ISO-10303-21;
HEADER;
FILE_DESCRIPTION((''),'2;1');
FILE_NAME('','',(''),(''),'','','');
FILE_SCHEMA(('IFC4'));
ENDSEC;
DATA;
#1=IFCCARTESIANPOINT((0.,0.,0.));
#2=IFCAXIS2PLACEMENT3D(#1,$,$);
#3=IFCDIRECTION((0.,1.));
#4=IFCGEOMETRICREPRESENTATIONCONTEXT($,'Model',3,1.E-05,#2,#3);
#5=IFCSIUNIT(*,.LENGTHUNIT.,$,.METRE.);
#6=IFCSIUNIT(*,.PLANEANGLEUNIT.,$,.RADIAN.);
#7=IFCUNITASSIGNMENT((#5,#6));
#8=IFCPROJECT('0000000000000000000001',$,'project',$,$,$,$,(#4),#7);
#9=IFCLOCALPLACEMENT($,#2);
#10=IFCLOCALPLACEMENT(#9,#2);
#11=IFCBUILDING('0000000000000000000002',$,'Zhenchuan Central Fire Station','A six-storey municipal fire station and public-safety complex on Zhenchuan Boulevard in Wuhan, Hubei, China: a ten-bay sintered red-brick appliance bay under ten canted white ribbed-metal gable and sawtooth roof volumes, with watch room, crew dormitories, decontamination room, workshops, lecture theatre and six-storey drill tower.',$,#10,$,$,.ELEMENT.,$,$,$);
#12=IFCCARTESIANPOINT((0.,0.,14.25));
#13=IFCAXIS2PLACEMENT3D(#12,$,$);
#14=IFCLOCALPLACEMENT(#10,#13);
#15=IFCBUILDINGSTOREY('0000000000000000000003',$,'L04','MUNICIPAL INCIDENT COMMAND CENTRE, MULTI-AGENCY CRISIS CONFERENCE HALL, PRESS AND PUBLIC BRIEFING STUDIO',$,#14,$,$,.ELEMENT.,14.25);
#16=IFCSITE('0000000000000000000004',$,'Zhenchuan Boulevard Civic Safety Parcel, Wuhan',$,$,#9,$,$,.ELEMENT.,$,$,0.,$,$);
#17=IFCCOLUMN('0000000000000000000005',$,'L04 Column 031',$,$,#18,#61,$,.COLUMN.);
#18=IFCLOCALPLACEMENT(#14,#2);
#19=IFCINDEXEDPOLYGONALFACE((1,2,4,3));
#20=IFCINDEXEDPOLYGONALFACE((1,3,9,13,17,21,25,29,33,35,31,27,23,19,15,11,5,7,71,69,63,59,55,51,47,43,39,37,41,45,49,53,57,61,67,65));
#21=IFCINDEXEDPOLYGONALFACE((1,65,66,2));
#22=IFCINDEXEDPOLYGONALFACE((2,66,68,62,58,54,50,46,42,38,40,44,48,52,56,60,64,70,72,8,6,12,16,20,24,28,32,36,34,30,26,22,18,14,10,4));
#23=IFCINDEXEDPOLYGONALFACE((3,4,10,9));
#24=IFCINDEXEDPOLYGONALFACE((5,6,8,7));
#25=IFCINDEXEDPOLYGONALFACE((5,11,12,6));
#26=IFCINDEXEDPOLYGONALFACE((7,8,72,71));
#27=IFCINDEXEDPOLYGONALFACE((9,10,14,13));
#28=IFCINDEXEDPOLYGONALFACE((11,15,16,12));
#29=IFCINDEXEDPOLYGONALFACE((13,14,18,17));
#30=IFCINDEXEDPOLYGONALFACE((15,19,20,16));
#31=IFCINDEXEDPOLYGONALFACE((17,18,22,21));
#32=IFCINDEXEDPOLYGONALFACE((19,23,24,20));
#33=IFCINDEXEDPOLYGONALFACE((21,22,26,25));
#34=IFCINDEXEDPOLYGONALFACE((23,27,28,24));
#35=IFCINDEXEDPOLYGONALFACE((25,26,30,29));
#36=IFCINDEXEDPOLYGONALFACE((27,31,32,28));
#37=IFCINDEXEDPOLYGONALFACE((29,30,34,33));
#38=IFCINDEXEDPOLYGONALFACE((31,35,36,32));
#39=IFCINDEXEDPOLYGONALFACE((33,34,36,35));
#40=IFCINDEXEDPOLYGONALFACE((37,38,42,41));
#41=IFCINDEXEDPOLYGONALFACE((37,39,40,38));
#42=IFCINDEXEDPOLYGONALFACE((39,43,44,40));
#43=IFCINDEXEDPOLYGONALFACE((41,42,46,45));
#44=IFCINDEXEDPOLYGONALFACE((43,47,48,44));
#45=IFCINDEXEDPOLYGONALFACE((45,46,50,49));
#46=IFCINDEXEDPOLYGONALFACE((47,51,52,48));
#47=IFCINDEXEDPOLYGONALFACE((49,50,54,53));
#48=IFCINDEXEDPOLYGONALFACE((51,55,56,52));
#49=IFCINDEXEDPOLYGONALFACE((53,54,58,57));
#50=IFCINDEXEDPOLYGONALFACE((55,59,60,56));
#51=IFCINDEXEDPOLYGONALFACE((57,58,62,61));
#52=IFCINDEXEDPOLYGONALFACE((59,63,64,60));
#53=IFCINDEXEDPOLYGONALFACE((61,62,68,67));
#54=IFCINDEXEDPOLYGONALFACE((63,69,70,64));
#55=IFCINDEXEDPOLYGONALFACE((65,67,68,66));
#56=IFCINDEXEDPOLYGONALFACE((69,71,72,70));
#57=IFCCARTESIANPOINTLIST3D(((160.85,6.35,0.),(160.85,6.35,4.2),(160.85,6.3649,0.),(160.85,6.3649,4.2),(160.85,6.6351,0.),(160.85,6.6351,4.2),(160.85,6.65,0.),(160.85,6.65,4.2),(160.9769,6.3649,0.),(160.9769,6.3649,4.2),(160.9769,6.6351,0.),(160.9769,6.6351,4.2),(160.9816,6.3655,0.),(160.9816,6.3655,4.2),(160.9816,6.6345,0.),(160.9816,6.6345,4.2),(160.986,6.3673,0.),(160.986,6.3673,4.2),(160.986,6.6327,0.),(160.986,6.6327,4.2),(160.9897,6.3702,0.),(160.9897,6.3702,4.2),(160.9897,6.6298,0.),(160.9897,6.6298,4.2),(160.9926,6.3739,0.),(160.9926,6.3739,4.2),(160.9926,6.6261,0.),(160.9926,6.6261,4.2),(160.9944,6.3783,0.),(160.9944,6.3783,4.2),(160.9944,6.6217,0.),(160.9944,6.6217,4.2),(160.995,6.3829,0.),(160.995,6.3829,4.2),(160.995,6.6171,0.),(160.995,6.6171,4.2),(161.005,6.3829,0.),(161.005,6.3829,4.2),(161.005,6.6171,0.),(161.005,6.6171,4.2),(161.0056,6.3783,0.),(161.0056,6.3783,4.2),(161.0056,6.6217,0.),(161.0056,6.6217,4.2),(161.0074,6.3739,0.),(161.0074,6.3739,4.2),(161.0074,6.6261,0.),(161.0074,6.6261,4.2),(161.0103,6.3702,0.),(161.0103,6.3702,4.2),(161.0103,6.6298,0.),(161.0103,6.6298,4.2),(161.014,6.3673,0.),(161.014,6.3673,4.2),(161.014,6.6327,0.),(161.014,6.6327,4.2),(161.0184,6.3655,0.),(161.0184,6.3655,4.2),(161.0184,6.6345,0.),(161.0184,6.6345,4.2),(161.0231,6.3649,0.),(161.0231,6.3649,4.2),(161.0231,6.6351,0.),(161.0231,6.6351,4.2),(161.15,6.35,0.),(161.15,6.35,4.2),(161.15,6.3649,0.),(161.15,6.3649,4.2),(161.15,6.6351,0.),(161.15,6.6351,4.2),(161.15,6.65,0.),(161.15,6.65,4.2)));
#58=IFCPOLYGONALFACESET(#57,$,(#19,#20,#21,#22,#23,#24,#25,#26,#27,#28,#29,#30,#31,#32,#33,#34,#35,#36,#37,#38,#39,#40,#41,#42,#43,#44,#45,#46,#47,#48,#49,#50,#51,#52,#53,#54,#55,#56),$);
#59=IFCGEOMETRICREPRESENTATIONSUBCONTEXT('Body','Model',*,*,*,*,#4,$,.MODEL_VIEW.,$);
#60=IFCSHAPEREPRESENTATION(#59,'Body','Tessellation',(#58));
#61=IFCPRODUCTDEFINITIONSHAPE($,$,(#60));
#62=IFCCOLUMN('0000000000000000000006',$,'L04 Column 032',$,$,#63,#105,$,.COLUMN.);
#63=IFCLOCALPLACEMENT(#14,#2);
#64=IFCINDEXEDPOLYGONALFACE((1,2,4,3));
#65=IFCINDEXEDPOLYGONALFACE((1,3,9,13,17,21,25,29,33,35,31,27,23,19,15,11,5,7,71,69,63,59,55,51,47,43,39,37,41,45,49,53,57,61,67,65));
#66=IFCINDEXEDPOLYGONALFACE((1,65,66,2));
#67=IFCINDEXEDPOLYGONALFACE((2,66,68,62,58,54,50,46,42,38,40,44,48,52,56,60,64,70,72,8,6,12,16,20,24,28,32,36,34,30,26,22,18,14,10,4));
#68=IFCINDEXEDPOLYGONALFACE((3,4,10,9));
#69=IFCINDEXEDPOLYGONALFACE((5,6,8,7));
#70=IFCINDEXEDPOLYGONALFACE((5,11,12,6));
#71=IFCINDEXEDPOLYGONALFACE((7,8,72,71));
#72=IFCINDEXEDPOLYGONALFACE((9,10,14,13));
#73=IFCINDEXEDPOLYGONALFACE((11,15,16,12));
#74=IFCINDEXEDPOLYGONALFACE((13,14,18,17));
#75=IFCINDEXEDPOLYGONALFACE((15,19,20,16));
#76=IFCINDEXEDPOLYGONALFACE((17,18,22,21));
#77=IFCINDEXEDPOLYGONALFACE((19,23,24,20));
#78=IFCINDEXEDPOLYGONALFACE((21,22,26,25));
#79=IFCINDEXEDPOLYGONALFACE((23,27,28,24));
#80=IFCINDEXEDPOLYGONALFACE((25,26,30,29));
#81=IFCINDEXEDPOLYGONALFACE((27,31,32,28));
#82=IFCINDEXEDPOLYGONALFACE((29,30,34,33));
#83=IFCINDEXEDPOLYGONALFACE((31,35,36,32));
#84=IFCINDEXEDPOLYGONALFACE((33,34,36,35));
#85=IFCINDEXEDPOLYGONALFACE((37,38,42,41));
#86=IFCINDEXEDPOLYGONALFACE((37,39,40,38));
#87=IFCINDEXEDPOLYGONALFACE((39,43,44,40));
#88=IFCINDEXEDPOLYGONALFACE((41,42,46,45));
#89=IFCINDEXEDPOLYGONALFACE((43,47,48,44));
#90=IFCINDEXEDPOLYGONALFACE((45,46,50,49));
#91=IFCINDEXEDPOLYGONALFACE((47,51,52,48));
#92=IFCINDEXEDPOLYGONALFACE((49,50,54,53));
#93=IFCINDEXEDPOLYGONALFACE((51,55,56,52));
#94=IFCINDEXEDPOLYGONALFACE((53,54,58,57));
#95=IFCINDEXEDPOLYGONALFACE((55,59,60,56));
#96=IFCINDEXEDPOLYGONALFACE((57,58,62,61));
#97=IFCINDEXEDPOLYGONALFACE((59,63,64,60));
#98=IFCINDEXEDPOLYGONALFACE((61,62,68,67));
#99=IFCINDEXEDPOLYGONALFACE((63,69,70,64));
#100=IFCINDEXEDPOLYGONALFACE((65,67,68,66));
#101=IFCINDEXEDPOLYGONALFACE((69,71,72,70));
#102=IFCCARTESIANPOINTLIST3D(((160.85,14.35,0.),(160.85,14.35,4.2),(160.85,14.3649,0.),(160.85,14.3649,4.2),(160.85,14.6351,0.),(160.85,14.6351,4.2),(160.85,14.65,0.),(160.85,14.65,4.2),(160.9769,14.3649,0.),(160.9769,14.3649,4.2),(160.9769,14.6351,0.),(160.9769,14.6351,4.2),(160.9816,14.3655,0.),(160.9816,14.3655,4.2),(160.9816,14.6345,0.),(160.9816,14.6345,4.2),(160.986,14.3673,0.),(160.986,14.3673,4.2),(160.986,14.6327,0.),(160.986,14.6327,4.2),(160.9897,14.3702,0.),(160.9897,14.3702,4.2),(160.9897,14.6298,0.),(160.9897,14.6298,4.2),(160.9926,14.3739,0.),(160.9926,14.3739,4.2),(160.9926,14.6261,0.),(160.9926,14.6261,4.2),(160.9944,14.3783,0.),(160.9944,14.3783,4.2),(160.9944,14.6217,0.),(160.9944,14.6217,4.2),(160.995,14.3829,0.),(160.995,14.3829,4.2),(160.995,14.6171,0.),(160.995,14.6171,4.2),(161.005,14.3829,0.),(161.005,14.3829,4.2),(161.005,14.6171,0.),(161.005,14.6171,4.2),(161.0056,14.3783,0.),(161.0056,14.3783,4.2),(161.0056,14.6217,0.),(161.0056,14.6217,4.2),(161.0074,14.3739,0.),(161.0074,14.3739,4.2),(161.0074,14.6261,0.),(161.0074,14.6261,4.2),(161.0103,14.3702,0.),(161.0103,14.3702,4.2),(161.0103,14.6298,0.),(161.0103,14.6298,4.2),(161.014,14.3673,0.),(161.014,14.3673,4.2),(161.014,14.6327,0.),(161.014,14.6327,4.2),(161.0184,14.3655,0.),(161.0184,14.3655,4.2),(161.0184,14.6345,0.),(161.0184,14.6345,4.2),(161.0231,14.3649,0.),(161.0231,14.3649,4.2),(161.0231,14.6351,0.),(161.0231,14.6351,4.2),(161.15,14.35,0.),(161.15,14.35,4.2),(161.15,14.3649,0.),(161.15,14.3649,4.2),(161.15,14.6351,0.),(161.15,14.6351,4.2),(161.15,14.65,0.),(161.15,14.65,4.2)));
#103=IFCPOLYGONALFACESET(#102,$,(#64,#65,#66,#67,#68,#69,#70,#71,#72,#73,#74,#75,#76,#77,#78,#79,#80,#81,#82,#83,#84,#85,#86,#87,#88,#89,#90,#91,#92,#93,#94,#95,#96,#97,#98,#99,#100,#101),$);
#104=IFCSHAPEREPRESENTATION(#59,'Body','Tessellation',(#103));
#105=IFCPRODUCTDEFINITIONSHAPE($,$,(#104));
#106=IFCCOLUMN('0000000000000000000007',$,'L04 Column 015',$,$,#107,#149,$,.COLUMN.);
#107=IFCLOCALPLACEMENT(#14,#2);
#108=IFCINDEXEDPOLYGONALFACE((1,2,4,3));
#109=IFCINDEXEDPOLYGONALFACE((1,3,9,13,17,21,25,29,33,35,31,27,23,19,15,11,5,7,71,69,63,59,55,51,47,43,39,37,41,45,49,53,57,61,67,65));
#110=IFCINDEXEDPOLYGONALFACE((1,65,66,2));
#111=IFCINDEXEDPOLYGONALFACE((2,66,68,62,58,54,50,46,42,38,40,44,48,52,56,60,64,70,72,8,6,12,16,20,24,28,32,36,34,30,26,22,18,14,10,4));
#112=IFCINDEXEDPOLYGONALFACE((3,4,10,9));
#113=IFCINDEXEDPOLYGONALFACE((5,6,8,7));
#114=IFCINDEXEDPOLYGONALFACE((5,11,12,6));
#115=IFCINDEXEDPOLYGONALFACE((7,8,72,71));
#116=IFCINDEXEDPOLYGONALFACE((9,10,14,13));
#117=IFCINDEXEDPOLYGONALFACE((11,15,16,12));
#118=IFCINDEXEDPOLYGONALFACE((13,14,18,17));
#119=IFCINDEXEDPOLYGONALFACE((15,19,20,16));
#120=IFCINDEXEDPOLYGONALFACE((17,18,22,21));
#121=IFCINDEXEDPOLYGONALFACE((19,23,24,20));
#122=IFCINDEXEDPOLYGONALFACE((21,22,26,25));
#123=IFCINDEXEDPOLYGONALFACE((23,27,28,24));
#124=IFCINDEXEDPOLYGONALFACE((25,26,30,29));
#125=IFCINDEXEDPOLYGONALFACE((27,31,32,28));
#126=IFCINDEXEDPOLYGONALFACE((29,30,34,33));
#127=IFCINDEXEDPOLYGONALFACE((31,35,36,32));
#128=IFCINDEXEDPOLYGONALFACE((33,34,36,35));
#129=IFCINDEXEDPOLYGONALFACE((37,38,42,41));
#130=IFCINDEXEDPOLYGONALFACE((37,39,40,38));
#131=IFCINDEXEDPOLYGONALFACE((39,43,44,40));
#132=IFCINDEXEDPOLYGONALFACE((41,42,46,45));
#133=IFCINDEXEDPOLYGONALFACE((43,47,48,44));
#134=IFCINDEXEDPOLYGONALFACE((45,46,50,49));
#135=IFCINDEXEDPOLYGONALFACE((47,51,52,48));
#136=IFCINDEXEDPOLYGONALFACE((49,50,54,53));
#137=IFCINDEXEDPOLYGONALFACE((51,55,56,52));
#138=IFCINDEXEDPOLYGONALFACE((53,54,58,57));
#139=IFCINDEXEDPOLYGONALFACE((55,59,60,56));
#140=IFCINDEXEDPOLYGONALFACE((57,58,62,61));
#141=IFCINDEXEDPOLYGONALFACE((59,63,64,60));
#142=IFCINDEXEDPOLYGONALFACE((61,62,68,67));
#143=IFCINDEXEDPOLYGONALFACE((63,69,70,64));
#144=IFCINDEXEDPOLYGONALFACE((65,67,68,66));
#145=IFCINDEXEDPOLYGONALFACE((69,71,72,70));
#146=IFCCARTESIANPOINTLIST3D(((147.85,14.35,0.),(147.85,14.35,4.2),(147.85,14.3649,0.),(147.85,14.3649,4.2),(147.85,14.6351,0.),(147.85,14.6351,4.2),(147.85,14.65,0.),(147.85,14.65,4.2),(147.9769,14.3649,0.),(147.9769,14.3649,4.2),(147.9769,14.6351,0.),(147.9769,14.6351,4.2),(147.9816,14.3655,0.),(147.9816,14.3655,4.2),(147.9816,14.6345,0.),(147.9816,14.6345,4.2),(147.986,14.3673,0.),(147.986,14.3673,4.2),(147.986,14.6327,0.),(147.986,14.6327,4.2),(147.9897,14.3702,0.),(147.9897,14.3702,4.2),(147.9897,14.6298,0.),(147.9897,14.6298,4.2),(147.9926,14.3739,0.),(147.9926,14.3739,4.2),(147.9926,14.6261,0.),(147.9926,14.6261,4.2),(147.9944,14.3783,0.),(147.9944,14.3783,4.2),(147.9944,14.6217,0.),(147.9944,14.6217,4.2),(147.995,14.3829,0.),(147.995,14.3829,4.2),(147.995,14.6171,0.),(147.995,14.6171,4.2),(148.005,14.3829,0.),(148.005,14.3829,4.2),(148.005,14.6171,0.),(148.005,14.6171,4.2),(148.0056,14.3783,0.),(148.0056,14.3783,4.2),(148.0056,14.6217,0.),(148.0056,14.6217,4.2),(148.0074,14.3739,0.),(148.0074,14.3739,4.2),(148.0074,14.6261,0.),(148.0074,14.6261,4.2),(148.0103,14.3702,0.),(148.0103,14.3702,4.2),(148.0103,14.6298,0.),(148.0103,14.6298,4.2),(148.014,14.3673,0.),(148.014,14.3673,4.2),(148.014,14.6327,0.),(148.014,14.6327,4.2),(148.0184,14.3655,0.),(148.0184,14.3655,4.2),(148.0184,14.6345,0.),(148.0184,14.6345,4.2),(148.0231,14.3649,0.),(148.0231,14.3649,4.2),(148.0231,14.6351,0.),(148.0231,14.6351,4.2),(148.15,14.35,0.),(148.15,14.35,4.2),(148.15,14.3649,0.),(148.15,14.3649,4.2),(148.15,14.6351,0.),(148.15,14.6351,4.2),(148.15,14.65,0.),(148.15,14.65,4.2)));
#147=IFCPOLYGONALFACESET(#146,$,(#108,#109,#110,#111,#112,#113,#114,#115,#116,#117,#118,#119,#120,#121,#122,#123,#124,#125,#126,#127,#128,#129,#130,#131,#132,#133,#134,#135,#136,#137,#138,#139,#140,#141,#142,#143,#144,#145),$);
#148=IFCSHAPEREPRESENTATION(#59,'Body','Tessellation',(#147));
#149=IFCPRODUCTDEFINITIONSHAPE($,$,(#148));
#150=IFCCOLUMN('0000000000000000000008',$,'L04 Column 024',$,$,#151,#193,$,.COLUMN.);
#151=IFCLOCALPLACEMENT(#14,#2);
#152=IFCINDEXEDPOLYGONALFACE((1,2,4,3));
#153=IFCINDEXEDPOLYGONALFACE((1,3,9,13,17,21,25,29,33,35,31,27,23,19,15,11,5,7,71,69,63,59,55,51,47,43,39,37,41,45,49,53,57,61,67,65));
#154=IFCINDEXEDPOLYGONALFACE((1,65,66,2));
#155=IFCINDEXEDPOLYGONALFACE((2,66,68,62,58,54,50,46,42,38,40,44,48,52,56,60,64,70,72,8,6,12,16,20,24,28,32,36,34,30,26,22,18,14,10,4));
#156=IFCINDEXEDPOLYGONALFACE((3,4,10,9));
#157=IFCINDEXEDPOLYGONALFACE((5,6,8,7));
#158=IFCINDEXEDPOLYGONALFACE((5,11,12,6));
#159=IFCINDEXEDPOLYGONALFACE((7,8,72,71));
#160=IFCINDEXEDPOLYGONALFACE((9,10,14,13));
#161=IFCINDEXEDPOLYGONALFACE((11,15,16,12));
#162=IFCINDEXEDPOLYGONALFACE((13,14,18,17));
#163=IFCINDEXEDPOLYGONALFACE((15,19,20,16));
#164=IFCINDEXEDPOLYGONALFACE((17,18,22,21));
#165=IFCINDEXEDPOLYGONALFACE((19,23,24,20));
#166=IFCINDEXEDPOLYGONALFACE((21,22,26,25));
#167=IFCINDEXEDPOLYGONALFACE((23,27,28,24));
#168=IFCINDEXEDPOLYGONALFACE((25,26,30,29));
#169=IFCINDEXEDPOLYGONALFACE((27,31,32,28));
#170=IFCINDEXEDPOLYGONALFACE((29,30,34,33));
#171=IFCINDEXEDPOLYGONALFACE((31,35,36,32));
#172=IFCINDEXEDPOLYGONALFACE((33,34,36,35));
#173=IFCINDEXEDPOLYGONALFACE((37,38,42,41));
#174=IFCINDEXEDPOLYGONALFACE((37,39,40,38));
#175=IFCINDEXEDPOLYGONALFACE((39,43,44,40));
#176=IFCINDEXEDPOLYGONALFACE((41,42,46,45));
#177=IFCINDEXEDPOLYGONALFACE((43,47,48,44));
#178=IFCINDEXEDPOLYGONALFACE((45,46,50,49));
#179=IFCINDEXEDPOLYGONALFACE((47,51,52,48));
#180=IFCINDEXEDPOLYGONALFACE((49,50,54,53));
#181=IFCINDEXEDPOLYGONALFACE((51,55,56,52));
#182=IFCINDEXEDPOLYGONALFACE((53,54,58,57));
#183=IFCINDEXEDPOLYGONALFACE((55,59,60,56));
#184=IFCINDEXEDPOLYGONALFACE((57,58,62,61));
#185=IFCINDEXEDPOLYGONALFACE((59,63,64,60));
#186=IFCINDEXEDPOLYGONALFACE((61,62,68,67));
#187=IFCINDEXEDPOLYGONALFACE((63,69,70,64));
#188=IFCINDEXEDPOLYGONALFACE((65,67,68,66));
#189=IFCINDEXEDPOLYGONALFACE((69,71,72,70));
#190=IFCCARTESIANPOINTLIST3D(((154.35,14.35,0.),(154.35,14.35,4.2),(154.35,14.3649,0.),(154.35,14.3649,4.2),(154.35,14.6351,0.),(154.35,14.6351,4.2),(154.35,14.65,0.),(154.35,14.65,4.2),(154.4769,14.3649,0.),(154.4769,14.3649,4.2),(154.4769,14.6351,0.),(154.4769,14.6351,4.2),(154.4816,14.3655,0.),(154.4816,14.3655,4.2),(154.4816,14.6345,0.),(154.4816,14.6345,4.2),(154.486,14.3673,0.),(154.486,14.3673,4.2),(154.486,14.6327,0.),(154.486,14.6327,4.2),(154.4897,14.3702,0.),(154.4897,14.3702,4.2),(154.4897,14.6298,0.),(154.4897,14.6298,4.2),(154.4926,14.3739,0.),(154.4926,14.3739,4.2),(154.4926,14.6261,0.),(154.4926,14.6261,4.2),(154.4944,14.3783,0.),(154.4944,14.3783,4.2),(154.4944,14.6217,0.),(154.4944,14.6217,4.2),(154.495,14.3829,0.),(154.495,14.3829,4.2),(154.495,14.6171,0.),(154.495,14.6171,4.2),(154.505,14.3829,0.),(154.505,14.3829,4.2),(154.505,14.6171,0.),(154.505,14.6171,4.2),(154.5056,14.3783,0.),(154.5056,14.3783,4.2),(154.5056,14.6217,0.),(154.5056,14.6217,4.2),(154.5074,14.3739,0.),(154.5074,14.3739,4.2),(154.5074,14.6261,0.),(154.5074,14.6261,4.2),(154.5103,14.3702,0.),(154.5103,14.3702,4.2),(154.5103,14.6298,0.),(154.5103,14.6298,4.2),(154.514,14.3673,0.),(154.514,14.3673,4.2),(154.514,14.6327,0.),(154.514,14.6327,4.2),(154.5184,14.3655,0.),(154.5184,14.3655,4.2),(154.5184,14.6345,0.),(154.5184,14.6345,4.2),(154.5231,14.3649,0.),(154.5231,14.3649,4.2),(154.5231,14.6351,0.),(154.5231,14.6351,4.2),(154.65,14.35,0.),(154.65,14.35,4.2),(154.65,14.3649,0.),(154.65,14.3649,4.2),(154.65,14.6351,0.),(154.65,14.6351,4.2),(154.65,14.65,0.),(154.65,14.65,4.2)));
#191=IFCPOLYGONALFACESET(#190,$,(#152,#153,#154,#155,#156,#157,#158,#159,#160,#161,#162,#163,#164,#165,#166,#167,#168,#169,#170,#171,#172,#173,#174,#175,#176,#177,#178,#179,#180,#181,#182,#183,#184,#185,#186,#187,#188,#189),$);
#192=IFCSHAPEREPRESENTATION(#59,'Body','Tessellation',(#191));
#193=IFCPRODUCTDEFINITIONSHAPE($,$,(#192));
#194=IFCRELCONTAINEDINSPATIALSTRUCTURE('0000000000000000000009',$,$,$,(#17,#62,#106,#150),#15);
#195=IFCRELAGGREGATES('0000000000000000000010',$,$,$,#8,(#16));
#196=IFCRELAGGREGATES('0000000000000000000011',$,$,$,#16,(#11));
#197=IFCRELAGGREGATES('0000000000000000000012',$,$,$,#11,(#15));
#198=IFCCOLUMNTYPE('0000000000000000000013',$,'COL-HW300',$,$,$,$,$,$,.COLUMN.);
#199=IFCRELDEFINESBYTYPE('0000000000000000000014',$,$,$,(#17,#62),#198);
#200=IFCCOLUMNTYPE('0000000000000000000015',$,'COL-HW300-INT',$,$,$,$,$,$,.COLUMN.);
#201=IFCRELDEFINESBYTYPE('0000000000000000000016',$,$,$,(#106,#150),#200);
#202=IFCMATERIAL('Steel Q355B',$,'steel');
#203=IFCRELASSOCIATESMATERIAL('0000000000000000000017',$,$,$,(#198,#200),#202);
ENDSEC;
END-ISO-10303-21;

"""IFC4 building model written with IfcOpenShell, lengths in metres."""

from ifc_helpers import new_model, si_unit, direction, frame, origin, origin_2d, place, context, subcontext, project, spatial, i_section, extrude, material, material_profile, profile_set, type_object, element, save


model = new_model("IFC4")

# Units and contexts
model_context = context("Model", 3, precision=1e-05, world=origin(), true_north=direction((0.0, 1.0)))
body_context = subcontext(model_context, "Body", "Model", "MODEL_VIEW")
ifc_project = project(units=[si_unit("LENGTHUNIT", "METRE"), si_unit("PLANEANGLEUNIT", "RADIAN")], contexts=[model_context])

# Site, building, storey
site_placement = place(None, origin())
site = spatial("IfcSite", under=ifc_project, at=site_placement, Name="Zhenchuan Boulevard Civic Safety Parcel, Wuhan", CompositionType="ELEMENT", RefElevation=0.0)
building_placement = place(site_placement, origin())
building = spatial("IfcBuilding", under=site, at=building_placement, Name="Zhenchuan Central Fire Station", Description="A six-storey municipal fire station and public-safety complex on Zhenchuan Boulevard in Wuhan, Hubei, China: a ten-bay sintered red-brick appliance bay under ten canted white ribbed-metal gable and sawtooth roof volumes, with watch room, crew dormitories, decontamination room, workshops, lecture theatre and six-storey drill tower.", CompositionType="ELEMENT")
storey_placement = place(building_placement, frame((0.0, 0.0, 14.25)))
storey = spatial("IfcBuildingStorey", under=building, at=storey_placement, Name="L04", Description="MUNICIPAL INCIDENT COMMAND CENTRE, MULTI-AGENCY CRISIS CONFERENCE HALL, PRESS AND PUBLIC BRIEFING STUDIO", CompositionType="ELEMENT", Elevation=14.25)

# Columns
ifc_material_1 = material(Name="Steel Q355B", Category="steel")
ifc_material_profile_1 = material_profile(ifc_material_1, i_section(OverallWidth=0.3, OverallDepth=0.3, WebThickness=0.01, FlangeThickness=0.0149, FilletRadius=0.0181, at=origin_2d()), Name="HW 300x300")
ifc_profile_set_1 = profile_set([ifc_material_profile_1], Name="Steel Q355B")
column_type_1 = type_object("IfcColumnType", Name="COL-HW300", PredefinedType="COLUMN", material=ifc_profile_set_1)
for number, where, z_axis, x_axis, name in (
    (1, (161.0, 6.5, 0.0), (0.0, 0.0, 1.0), (1.0, 0.0, 0.0), "L04 Column 031"),
    (2, (161.0, 14.5, 0.0), (0.0, 0.0, 1.0), (1.0, 0.0, 0.0), "L04 Column 032"),
):
    element("IfcColumn", number, at=place(storey_placement, frame(where, z_axis=z_axis, x_axis=x_axis)), inside=storey, type_object=column_type_1, Name=name, PredefinedType="COLUMN", context=body_context, shape_type="SweptSolid", body=[
        extrude(i_section(OverallWidth=0.3, OverallDepth=0.3, WebThickness=0.01, FlangeThickness=0.0149, FilletRadius=0.0181, at=origin_2d()), origin(), (0.0, 0.0, 1.0), 4.2),
    ])
ifc_material_profile_2 = material_profile(ifc_material_1, i_section(OverallWidth=0.3, OverallDepth=0.3, WebThickness=0.01, FlangeThickness=0.0149, FilletRadius=0.0181, at=origin_2d()), Name="HW 300x300")
ifc_profile_set_2 = profile_set([ifc_material_profile_2], Name="Steel Q355B")
column_type_2 = type_object("IfcColumnType", Name="COL-HW300-INT", PredefinedType="COLUMN", material=ifc_profile_set_2)
for number, where, z_axis, x_axis, name in (
    (3, (148.0, 14.5, 0.0), (0.0, 0.0, 1.0), (1.0, 0.0, 0.0), "L04 Column 015"),
    (4, (154.5, 14.5, 0.0), (0.0, 0.0, 1.0), (1.0, 0.0, 0.0), "L04 Column 024"),
):
    element("IfcColumn", number, at=place(storey_placement, frame(where, z_axis=z_axis, x_axis=x_axis)), inside=storey, type_object=column_type_2, Name=name, PredefinedType="COLUMN", context=body_context, shape_type="SweptSolid", body=[
        extrude(i_section(OverallWidth=0.3, OverallDepth=0.3, WebThickness=0.01, FlangeThickness=0.0149, FilletRadius=0.0181, at=origin_2d()), origin(), (0.0, 0.0, 1.0), 4.2),
    ])

save(model, "model.ifc")
